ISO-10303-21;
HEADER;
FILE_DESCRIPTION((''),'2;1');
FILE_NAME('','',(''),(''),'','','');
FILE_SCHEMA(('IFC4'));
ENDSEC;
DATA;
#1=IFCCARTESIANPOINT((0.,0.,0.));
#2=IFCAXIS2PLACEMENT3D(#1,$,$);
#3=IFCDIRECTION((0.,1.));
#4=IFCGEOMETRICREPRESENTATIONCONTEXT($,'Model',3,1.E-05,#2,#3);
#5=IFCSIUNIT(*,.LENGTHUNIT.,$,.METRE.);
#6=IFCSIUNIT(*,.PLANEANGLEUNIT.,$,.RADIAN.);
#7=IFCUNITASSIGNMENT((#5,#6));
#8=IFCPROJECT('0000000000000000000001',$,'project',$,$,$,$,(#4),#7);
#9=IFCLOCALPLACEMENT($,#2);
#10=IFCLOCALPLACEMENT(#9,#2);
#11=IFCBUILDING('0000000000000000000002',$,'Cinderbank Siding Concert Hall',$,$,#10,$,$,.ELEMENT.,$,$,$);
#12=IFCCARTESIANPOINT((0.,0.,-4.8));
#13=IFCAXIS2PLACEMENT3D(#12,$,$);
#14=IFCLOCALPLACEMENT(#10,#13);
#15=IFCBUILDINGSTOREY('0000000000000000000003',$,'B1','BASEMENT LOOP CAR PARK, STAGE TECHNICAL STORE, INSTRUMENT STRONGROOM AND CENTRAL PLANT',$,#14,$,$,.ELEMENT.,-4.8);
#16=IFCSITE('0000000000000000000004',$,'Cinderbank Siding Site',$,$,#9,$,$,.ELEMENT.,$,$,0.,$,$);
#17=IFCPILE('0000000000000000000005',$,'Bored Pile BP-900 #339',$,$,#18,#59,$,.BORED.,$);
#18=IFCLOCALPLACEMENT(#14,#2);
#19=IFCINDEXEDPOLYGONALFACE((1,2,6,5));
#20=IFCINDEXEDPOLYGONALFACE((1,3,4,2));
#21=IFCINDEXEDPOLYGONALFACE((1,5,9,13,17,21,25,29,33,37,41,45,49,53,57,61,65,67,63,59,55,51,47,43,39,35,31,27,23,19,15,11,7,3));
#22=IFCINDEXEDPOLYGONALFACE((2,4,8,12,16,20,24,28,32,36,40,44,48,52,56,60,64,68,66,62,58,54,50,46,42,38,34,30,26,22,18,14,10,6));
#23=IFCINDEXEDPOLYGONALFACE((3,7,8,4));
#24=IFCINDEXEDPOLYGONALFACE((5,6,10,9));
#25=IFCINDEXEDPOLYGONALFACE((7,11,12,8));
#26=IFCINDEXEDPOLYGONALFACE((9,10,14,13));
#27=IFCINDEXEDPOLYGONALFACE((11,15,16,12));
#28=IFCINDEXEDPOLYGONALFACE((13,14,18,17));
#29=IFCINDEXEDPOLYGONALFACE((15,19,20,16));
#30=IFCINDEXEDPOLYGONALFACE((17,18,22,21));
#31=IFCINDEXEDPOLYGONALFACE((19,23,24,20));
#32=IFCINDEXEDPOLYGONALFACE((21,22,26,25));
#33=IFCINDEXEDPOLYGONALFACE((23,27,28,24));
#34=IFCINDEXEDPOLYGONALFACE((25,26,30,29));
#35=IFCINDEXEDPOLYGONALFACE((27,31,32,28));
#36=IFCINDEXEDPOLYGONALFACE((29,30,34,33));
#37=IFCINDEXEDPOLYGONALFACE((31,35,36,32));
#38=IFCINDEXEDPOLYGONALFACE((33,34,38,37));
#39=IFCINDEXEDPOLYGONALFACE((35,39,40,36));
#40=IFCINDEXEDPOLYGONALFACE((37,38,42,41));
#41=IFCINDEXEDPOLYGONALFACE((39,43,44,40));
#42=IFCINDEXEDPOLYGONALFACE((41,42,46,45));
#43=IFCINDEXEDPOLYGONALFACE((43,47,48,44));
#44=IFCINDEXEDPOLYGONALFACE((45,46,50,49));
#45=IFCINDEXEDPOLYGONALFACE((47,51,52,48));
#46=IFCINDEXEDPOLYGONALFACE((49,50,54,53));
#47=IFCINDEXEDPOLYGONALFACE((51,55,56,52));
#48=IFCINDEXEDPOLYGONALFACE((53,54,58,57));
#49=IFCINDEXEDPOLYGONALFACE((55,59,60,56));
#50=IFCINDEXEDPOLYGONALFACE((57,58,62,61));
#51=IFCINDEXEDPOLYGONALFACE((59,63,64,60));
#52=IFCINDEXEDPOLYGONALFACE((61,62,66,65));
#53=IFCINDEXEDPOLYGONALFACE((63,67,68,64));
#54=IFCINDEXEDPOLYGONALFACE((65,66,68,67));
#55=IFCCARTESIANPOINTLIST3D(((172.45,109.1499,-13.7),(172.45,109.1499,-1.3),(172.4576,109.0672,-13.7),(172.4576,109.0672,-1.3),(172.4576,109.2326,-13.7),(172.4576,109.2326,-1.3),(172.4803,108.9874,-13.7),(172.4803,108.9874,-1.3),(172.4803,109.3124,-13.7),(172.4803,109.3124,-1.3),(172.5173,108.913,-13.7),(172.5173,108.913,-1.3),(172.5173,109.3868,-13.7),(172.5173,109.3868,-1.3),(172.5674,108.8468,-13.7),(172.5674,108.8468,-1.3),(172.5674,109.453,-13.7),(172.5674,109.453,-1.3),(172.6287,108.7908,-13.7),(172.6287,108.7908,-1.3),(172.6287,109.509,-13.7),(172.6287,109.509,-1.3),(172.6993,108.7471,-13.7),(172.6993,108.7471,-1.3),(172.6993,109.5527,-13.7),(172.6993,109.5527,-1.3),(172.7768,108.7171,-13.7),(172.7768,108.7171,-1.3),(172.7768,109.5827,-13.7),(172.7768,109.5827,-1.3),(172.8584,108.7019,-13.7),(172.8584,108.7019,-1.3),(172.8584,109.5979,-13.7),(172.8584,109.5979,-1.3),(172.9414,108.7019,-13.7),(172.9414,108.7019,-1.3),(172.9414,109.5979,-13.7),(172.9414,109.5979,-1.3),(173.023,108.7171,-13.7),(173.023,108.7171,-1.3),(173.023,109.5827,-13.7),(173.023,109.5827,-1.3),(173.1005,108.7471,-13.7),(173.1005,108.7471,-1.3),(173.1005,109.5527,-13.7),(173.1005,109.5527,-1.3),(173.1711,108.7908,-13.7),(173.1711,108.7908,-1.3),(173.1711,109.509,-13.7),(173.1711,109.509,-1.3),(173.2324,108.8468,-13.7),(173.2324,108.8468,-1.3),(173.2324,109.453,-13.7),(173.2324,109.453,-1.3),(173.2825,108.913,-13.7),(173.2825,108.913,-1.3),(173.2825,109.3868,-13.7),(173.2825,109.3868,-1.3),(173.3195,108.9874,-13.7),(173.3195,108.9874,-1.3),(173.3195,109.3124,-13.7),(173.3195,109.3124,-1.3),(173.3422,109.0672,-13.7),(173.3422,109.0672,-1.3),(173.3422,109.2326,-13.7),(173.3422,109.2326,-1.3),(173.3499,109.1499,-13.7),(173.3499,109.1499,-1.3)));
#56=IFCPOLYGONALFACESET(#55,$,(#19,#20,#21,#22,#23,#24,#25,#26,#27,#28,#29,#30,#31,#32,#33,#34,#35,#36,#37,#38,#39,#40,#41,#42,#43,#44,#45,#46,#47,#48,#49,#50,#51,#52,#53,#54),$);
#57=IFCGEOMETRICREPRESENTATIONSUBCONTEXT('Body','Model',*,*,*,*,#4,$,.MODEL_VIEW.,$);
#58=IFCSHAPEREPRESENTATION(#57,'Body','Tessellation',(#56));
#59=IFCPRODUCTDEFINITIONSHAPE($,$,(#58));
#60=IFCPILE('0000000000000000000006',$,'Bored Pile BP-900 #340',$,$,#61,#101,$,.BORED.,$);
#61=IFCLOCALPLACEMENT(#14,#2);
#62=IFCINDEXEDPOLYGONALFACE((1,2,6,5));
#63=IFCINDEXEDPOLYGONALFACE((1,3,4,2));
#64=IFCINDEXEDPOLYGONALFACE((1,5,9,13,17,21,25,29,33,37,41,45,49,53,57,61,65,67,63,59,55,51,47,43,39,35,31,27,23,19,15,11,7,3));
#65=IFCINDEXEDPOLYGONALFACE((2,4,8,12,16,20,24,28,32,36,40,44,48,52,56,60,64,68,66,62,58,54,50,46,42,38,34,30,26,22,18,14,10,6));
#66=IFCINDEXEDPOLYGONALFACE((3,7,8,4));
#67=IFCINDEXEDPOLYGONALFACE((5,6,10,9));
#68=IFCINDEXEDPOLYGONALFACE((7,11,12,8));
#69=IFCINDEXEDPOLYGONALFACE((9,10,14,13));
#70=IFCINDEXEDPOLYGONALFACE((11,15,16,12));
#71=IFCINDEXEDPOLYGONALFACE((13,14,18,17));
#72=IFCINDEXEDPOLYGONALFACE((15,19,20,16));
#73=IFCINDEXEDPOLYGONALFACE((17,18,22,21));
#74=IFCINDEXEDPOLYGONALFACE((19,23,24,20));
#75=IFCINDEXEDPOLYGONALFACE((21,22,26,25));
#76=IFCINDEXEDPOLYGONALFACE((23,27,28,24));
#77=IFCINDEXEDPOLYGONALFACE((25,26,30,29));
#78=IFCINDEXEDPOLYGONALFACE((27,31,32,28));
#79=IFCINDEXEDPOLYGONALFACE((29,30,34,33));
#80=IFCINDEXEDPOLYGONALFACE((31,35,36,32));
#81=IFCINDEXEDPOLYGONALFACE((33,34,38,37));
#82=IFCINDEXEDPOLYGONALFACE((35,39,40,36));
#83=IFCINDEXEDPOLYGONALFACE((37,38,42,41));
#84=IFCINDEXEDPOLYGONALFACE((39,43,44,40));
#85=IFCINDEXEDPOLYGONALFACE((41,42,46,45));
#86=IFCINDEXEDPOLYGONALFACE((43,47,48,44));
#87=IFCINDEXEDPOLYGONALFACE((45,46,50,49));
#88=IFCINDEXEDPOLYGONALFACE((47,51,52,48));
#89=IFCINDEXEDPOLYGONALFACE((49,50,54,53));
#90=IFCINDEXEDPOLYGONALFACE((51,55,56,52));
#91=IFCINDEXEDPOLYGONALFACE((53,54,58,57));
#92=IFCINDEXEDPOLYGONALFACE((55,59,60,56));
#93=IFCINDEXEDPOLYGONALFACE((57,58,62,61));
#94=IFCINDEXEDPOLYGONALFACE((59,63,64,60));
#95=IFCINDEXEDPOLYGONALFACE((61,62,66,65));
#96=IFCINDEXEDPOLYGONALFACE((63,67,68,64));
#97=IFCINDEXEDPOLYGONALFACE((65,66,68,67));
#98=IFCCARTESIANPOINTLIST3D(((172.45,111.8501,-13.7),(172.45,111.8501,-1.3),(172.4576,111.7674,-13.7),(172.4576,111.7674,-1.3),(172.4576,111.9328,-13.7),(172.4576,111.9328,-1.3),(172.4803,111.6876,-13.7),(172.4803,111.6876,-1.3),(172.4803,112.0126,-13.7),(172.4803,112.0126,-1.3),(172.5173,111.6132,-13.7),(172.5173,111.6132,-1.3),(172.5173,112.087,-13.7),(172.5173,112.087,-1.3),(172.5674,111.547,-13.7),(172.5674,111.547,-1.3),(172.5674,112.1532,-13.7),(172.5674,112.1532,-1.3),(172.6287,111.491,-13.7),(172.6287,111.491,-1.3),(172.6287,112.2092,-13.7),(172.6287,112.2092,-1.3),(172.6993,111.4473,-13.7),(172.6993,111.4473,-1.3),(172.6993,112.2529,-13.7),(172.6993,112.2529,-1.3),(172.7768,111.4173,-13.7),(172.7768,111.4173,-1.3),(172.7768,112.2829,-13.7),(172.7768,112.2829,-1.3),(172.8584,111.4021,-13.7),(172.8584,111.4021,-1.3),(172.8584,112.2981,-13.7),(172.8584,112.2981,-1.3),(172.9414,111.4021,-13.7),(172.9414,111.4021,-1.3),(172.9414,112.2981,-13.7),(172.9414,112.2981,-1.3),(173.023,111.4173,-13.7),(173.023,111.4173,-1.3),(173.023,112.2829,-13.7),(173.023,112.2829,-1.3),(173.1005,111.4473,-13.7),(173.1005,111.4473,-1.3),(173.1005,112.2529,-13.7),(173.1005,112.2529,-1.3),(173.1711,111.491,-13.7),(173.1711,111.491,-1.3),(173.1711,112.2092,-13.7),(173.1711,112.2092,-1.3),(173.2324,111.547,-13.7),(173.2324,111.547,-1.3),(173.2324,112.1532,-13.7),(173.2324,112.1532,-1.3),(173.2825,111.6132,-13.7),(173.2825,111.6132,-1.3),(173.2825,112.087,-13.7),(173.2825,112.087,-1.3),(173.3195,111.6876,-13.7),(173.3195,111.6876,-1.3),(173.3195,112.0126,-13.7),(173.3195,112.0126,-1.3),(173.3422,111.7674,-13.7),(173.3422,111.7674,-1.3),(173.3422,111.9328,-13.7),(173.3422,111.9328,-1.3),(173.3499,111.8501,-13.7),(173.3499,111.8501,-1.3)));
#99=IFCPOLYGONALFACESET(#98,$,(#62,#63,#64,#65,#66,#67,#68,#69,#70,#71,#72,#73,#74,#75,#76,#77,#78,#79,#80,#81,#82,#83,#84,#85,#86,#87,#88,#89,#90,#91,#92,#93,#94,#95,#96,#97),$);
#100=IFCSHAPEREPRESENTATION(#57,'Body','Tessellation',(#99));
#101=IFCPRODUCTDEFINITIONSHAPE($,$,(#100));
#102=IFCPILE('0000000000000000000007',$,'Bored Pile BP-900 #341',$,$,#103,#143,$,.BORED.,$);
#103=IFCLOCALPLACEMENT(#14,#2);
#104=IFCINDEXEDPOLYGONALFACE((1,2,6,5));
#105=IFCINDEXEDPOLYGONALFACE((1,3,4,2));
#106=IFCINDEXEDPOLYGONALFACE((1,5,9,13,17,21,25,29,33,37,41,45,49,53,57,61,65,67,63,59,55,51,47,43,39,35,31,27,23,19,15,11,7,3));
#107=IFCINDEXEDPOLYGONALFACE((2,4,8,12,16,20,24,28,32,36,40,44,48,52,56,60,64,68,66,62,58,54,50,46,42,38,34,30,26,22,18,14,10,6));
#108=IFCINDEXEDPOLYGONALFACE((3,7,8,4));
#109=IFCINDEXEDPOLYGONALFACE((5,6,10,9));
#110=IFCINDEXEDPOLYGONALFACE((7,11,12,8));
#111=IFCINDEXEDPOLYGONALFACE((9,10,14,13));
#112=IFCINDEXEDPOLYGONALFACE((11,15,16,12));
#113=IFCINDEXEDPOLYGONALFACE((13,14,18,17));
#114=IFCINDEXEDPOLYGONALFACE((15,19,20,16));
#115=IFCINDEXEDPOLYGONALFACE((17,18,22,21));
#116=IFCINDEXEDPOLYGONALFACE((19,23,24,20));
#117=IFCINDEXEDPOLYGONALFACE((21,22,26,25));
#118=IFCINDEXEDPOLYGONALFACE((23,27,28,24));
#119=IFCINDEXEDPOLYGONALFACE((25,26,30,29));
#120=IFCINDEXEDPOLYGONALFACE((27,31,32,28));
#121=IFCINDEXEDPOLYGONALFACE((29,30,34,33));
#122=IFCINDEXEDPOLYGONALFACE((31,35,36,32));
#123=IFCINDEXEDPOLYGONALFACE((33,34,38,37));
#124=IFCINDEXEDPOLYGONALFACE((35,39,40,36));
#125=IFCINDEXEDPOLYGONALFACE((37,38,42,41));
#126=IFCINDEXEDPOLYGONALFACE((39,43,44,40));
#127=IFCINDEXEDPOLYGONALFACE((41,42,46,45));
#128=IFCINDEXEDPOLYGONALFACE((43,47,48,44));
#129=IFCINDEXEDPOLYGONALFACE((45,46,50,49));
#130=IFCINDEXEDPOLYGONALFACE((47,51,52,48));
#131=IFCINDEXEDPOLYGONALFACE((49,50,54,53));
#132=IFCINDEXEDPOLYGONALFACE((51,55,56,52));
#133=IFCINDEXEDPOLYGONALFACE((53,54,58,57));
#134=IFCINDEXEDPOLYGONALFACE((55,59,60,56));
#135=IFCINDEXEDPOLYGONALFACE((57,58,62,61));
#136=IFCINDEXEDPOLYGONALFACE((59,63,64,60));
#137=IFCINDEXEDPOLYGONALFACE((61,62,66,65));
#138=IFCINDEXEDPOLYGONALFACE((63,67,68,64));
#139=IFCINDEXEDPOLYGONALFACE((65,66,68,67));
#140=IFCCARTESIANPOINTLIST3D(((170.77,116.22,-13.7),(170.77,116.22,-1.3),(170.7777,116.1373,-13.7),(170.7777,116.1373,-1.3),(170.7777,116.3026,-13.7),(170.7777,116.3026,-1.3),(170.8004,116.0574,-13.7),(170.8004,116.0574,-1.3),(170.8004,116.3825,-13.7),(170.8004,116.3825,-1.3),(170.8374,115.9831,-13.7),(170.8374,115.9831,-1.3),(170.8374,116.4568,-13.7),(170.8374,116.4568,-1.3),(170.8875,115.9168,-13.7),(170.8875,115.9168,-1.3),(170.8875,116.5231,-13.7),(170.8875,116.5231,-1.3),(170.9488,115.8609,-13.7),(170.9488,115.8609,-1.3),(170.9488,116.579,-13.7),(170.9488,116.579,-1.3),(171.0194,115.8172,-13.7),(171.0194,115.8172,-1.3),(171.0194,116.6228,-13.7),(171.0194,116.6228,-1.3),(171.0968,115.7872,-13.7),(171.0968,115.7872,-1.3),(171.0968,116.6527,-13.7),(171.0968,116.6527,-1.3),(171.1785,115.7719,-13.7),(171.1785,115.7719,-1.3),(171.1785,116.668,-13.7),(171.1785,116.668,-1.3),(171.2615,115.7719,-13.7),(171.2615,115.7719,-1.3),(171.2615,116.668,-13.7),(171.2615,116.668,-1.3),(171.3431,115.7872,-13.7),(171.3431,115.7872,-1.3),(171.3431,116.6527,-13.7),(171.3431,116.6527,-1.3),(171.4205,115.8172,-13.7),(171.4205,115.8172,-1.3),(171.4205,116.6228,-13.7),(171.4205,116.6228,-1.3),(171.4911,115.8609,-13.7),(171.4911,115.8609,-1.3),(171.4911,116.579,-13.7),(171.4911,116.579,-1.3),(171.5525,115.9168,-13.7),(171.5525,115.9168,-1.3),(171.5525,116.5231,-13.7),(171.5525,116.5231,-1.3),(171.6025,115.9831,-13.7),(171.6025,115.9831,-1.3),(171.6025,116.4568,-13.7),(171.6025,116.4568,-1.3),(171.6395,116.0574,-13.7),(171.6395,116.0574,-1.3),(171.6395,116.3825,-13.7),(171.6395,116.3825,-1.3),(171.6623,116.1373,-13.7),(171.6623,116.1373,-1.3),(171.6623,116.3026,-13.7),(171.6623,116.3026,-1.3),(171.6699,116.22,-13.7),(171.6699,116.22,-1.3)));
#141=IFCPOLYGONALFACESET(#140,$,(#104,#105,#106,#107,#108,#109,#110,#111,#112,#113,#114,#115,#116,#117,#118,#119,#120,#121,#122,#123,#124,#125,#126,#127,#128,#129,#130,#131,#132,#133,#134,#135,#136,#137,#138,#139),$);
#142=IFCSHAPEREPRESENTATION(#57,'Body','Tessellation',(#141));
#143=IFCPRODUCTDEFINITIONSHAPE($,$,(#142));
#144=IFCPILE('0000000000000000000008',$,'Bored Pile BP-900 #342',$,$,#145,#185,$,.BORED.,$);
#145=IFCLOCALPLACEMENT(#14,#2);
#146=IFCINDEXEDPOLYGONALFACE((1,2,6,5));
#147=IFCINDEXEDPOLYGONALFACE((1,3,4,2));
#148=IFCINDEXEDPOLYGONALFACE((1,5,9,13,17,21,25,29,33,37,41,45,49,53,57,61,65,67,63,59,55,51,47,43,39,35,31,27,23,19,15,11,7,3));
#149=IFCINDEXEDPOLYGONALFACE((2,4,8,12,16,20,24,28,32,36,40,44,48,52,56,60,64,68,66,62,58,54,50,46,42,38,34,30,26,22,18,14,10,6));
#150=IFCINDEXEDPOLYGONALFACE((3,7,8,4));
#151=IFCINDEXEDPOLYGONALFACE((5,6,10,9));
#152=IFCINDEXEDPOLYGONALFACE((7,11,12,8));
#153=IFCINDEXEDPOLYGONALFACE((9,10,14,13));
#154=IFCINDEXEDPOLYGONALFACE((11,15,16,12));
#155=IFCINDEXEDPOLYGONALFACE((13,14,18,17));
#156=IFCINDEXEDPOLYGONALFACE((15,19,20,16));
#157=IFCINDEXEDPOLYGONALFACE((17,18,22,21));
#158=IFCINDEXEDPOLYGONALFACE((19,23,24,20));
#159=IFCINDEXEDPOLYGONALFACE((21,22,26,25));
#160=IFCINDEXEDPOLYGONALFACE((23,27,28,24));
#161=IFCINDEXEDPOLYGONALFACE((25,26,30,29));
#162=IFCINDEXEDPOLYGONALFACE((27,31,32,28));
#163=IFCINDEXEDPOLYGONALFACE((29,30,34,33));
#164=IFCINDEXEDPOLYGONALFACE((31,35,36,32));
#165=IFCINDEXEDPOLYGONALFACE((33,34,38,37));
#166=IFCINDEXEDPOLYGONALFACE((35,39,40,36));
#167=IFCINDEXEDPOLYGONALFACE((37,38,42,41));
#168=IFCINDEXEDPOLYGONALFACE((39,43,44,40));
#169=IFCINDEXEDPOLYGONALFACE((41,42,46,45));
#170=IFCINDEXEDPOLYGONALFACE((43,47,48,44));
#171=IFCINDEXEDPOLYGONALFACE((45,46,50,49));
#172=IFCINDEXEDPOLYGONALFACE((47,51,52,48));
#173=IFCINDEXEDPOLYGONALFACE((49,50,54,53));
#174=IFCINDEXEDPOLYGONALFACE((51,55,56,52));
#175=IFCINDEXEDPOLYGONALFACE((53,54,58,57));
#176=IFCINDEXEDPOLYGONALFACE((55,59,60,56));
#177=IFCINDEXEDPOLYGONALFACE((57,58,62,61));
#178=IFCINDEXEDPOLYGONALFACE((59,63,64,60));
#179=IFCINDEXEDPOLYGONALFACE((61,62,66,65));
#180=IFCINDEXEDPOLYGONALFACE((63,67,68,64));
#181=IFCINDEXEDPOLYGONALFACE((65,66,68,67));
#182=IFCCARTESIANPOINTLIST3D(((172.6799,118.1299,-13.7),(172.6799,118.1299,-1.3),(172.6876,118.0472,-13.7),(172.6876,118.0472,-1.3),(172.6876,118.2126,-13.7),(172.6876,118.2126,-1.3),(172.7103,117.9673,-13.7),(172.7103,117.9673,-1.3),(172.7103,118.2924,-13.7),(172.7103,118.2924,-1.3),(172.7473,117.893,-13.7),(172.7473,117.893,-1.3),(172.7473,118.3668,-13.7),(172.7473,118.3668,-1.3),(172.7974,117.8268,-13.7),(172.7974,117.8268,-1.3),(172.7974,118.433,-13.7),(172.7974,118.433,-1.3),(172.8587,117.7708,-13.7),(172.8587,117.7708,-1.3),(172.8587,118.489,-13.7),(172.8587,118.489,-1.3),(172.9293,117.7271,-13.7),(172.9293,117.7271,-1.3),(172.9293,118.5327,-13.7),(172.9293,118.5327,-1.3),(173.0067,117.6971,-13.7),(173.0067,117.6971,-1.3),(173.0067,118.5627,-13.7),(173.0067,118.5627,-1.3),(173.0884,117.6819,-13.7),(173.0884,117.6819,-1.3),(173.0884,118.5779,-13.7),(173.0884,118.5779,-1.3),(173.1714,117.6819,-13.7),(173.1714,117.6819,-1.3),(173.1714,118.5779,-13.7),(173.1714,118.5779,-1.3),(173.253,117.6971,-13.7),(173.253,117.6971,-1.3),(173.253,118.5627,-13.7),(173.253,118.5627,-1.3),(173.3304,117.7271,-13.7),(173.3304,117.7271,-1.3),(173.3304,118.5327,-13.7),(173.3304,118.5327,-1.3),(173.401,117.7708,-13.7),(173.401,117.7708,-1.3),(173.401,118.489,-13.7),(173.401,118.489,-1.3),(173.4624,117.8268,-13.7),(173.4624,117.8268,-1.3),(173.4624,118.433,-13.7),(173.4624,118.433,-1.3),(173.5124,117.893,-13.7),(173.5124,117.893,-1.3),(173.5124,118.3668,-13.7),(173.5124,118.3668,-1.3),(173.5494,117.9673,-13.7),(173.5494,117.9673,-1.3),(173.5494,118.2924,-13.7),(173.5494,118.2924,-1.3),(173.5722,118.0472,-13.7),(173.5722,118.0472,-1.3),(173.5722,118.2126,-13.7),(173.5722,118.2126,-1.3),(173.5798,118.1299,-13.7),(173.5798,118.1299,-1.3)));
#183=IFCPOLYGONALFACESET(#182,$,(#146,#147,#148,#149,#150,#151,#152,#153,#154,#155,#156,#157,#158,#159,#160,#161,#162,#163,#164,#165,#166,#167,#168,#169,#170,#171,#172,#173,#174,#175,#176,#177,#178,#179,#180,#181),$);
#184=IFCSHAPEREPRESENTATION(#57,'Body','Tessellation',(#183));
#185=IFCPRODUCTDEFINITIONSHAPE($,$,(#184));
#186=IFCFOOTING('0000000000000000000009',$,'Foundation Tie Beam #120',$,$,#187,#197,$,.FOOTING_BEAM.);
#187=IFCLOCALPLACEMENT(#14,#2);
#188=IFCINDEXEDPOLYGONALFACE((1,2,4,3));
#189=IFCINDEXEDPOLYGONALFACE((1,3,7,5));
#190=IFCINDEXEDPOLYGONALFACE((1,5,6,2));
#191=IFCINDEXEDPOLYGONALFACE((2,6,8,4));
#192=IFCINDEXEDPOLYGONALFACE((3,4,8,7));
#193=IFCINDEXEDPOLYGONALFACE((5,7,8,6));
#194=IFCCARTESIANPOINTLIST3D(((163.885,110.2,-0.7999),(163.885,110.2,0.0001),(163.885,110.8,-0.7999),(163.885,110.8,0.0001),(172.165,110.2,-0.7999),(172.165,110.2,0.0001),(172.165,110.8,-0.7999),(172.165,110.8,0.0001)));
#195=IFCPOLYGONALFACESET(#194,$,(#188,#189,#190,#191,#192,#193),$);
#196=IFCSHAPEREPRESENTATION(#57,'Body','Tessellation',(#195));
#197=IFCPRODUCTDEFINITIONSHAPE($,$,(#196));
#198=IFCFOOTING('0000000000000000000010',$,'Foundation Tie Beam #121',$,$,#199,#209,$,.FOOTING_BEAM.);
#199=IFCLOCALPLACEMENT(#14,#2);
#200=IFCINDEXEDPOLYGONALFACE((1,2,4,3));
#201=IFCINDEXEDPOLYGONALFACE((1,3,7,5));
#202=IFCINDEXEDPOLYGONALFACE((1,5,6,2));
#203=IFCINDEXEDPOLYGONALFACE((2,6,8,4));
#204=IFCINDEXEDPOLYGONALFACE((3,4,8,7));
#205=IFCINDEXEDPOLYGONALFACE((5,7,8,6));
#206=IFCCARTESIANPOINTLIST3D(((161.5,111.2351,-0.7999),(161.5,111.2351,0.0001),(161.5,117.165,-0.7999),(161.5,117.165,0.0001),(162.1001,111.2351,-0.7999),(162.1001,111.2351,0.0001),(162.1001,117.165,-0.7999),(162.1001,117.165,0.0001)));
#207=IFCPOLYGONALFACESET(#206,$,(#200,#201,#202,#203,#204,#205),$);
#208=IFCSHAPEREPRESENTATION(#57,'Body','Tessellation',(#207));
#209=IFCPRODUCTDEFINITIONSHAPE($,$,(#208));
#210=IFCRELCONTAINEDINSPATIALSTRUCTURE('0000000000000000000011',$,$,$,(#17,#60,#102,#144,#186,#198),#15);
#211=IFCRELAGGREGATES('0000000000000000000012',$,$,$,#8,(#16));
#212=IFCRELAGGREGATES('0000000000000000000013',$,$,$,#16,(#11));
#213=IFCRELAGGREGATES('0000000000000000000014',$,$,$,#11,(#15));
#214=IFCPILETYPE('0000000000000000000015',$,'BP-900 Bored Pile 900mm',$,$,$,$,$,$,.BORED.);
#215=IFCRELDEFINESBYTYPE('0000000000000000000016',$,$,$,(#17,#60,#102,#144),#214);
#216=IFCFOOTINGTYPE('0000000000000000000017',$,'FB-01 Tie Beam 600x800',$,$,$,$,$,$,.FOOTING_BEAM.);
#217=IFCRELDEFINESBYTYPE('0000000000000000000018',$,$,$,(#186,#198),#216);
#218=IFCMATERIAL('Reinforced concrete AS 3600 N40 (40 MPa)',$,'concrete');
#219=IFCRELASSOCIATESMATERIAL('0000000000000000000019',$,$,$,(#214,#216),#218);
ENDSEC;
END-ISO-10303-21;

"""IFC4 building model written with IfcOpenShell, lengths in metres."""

from ifc_helpers import new_model, si_unit, direction, frame, origin, origin_2d, place, context, subcontext, project, spatial, rectangle, circle, extrude, material, material_profile, profile_set, type_object, element, save


model = new_model("IFC4")

# Units and contexts
model_context = context("Model", 3, precision=1e-05, world=origin(), true_north=direction((0.0, 1.0)))
body_context = subcontext(model_context, "Body", "Model", "MODEL_VIEW")
ifc_project = project(units=[si_unit("LENGTHUNIT", "METRE"), si_unit("PLANEANGLEUNIT", "RADIAN")], contexts=[model_context])

# Site, building, storey
site_placement = place(None, origin())
site = spatial("IfcSite", under=ifc_project, at=site_placement, Name="Cinderbank Siding Site", CompositionType="ELEMENT", RefElevation=0.0)
building_placement = place(site_placement, origin())
building = spatial("IfcBuilding", under=site, at=building_placement, Name="Cinderbank Siding Concert Hall", CompositionType="ELEMENT")
storey_placement = place(building_placement, frame((0.0, 0.0, -4.8)))
storey = spatial("IfcBuildingStorey", under=building, at=storey_placement, Name="B1", Description="BASEMENT LOOP CAR PARK, STAGE TECHNICAL STORE, INSTRUMENT STRONGROOM AND CENTRAL PLANT", CompositionType="ELEMENT", Elevation=-4.8)

# Piles
ifc_material_1 = material(Name="Reinforced concrete AS 3600 N40 (40 MPa)", Category="concrete")
ifc_material_profile_1 = material_profile(ifc_material_1, circle(Radius=0.45, at=origin_2d()), Name="PILE-900DIA", Category="LoadBearing")
ifc_profile_set_1 = profile_set([ifc_material_profile_1], Name="Reinforced concrete AS 3600 N40 (40 MPa)")
pile_type = type_object("IfcPileType", Name="BP-900 Bored Pile 900mm", PredefinedType="BORED", material=ifc_profile_set_1)
for number, where, z_axis, x_axis, name in (
    (1, (172.8999, 109.1499, -1.3), (0.0, 0.0, -1.0), (1.0, 0.0, 0.0), "Bored Pile BP-900 #339"),
    (2, (172.8999, 111.8501, -1.3), (0.0, 0.0, -1.0), (1.0, 0.0, 0.0), "Bored Pile BP-900 #340"),
    (3, (171.22, 116.22, -1.3), (0.0, 0.0, -1.0), (1.0, 0.0, 0.0), "Bored Pile BP-900 #341"),
    (4, (173.1299, 118.1299, -1.3), (0.0, 0.0, -1.0), (1.0, 0.0, 0.0), "Bored Pile BP-900 #342"),
):
    element("IfcPile", number, at=place(storey_placement, frame(where, z_axis=z_axis, x_axis=x_axis)), inside=storey, type_object=pile_type, Name=name, PredefinedType="BORED", context=body_context, shape_type="SweptSolid", body=[
        extrude(circle(Radius=0.45, at=origin_2d()), origin(), (0.0, 0.0, 1.0), 12.3999),
    ])

# Footings
ifc_material_profile_2 = material_profile(ifc_material_1, rectangle(XDim=0.6001, YDim=0.8, at=origin_2d()), Name="RC-FB-600x800", Category="LoadBearing")
ifc_profile_set_2 = profile_set([ifc_material_profile_2], Name="Reinforced concrete AS 3600 N40 (40 MPa)")
footing_type_1 = type_object("IfcFootingType", Name="FB-01 Tie Beam 600x800", PredefinedType="FOOTING_BEAM", material=ifc_profile_set_2)
footing_1_placement = place(storey_placement, frame((163.885, 110.5, -0.3999), z_axis=(1.0, 0.0, 0.0), x_axis=(0.0, 1.0, 0.0)))
element("IfcFooting", 5, at=footing_1_placement, inside=storey, type_object=footing_type_1, Name="Foundation Tie Beam #120", PredefinedType="FOOTING_BEAM", context=body_context, shape_type="SweptSolid", body=[
    extrude(rectangle(XDim=0.6001, YDim=0.8, at=origin_2d()), origin(), (0.0, 0.0, 1.0), 8.28),
])
footing_2_placement = place(storey_placement, frame((161.8, 111.2351, -0.3999), z_axis=(0.0, 1.0, 0.0), x_axis=(-1.0, 0.0, 0.0)))
element("IfcFooting", 6, at=footing_2_placement, inside=storey, type_object=footing_type_1, Name="Foundation Tie Beam #121", PredefinedType="FOOTING_BEAM", context=body_context, shape_type="SweptSolid", body=[
    extrude(rectangle(XDim=0.6001, YDim=0.8, at=origin_2d()), origin(), (0.0, 0.0, 1.0), 5.9299),
])

save(model, "model.ifc")
